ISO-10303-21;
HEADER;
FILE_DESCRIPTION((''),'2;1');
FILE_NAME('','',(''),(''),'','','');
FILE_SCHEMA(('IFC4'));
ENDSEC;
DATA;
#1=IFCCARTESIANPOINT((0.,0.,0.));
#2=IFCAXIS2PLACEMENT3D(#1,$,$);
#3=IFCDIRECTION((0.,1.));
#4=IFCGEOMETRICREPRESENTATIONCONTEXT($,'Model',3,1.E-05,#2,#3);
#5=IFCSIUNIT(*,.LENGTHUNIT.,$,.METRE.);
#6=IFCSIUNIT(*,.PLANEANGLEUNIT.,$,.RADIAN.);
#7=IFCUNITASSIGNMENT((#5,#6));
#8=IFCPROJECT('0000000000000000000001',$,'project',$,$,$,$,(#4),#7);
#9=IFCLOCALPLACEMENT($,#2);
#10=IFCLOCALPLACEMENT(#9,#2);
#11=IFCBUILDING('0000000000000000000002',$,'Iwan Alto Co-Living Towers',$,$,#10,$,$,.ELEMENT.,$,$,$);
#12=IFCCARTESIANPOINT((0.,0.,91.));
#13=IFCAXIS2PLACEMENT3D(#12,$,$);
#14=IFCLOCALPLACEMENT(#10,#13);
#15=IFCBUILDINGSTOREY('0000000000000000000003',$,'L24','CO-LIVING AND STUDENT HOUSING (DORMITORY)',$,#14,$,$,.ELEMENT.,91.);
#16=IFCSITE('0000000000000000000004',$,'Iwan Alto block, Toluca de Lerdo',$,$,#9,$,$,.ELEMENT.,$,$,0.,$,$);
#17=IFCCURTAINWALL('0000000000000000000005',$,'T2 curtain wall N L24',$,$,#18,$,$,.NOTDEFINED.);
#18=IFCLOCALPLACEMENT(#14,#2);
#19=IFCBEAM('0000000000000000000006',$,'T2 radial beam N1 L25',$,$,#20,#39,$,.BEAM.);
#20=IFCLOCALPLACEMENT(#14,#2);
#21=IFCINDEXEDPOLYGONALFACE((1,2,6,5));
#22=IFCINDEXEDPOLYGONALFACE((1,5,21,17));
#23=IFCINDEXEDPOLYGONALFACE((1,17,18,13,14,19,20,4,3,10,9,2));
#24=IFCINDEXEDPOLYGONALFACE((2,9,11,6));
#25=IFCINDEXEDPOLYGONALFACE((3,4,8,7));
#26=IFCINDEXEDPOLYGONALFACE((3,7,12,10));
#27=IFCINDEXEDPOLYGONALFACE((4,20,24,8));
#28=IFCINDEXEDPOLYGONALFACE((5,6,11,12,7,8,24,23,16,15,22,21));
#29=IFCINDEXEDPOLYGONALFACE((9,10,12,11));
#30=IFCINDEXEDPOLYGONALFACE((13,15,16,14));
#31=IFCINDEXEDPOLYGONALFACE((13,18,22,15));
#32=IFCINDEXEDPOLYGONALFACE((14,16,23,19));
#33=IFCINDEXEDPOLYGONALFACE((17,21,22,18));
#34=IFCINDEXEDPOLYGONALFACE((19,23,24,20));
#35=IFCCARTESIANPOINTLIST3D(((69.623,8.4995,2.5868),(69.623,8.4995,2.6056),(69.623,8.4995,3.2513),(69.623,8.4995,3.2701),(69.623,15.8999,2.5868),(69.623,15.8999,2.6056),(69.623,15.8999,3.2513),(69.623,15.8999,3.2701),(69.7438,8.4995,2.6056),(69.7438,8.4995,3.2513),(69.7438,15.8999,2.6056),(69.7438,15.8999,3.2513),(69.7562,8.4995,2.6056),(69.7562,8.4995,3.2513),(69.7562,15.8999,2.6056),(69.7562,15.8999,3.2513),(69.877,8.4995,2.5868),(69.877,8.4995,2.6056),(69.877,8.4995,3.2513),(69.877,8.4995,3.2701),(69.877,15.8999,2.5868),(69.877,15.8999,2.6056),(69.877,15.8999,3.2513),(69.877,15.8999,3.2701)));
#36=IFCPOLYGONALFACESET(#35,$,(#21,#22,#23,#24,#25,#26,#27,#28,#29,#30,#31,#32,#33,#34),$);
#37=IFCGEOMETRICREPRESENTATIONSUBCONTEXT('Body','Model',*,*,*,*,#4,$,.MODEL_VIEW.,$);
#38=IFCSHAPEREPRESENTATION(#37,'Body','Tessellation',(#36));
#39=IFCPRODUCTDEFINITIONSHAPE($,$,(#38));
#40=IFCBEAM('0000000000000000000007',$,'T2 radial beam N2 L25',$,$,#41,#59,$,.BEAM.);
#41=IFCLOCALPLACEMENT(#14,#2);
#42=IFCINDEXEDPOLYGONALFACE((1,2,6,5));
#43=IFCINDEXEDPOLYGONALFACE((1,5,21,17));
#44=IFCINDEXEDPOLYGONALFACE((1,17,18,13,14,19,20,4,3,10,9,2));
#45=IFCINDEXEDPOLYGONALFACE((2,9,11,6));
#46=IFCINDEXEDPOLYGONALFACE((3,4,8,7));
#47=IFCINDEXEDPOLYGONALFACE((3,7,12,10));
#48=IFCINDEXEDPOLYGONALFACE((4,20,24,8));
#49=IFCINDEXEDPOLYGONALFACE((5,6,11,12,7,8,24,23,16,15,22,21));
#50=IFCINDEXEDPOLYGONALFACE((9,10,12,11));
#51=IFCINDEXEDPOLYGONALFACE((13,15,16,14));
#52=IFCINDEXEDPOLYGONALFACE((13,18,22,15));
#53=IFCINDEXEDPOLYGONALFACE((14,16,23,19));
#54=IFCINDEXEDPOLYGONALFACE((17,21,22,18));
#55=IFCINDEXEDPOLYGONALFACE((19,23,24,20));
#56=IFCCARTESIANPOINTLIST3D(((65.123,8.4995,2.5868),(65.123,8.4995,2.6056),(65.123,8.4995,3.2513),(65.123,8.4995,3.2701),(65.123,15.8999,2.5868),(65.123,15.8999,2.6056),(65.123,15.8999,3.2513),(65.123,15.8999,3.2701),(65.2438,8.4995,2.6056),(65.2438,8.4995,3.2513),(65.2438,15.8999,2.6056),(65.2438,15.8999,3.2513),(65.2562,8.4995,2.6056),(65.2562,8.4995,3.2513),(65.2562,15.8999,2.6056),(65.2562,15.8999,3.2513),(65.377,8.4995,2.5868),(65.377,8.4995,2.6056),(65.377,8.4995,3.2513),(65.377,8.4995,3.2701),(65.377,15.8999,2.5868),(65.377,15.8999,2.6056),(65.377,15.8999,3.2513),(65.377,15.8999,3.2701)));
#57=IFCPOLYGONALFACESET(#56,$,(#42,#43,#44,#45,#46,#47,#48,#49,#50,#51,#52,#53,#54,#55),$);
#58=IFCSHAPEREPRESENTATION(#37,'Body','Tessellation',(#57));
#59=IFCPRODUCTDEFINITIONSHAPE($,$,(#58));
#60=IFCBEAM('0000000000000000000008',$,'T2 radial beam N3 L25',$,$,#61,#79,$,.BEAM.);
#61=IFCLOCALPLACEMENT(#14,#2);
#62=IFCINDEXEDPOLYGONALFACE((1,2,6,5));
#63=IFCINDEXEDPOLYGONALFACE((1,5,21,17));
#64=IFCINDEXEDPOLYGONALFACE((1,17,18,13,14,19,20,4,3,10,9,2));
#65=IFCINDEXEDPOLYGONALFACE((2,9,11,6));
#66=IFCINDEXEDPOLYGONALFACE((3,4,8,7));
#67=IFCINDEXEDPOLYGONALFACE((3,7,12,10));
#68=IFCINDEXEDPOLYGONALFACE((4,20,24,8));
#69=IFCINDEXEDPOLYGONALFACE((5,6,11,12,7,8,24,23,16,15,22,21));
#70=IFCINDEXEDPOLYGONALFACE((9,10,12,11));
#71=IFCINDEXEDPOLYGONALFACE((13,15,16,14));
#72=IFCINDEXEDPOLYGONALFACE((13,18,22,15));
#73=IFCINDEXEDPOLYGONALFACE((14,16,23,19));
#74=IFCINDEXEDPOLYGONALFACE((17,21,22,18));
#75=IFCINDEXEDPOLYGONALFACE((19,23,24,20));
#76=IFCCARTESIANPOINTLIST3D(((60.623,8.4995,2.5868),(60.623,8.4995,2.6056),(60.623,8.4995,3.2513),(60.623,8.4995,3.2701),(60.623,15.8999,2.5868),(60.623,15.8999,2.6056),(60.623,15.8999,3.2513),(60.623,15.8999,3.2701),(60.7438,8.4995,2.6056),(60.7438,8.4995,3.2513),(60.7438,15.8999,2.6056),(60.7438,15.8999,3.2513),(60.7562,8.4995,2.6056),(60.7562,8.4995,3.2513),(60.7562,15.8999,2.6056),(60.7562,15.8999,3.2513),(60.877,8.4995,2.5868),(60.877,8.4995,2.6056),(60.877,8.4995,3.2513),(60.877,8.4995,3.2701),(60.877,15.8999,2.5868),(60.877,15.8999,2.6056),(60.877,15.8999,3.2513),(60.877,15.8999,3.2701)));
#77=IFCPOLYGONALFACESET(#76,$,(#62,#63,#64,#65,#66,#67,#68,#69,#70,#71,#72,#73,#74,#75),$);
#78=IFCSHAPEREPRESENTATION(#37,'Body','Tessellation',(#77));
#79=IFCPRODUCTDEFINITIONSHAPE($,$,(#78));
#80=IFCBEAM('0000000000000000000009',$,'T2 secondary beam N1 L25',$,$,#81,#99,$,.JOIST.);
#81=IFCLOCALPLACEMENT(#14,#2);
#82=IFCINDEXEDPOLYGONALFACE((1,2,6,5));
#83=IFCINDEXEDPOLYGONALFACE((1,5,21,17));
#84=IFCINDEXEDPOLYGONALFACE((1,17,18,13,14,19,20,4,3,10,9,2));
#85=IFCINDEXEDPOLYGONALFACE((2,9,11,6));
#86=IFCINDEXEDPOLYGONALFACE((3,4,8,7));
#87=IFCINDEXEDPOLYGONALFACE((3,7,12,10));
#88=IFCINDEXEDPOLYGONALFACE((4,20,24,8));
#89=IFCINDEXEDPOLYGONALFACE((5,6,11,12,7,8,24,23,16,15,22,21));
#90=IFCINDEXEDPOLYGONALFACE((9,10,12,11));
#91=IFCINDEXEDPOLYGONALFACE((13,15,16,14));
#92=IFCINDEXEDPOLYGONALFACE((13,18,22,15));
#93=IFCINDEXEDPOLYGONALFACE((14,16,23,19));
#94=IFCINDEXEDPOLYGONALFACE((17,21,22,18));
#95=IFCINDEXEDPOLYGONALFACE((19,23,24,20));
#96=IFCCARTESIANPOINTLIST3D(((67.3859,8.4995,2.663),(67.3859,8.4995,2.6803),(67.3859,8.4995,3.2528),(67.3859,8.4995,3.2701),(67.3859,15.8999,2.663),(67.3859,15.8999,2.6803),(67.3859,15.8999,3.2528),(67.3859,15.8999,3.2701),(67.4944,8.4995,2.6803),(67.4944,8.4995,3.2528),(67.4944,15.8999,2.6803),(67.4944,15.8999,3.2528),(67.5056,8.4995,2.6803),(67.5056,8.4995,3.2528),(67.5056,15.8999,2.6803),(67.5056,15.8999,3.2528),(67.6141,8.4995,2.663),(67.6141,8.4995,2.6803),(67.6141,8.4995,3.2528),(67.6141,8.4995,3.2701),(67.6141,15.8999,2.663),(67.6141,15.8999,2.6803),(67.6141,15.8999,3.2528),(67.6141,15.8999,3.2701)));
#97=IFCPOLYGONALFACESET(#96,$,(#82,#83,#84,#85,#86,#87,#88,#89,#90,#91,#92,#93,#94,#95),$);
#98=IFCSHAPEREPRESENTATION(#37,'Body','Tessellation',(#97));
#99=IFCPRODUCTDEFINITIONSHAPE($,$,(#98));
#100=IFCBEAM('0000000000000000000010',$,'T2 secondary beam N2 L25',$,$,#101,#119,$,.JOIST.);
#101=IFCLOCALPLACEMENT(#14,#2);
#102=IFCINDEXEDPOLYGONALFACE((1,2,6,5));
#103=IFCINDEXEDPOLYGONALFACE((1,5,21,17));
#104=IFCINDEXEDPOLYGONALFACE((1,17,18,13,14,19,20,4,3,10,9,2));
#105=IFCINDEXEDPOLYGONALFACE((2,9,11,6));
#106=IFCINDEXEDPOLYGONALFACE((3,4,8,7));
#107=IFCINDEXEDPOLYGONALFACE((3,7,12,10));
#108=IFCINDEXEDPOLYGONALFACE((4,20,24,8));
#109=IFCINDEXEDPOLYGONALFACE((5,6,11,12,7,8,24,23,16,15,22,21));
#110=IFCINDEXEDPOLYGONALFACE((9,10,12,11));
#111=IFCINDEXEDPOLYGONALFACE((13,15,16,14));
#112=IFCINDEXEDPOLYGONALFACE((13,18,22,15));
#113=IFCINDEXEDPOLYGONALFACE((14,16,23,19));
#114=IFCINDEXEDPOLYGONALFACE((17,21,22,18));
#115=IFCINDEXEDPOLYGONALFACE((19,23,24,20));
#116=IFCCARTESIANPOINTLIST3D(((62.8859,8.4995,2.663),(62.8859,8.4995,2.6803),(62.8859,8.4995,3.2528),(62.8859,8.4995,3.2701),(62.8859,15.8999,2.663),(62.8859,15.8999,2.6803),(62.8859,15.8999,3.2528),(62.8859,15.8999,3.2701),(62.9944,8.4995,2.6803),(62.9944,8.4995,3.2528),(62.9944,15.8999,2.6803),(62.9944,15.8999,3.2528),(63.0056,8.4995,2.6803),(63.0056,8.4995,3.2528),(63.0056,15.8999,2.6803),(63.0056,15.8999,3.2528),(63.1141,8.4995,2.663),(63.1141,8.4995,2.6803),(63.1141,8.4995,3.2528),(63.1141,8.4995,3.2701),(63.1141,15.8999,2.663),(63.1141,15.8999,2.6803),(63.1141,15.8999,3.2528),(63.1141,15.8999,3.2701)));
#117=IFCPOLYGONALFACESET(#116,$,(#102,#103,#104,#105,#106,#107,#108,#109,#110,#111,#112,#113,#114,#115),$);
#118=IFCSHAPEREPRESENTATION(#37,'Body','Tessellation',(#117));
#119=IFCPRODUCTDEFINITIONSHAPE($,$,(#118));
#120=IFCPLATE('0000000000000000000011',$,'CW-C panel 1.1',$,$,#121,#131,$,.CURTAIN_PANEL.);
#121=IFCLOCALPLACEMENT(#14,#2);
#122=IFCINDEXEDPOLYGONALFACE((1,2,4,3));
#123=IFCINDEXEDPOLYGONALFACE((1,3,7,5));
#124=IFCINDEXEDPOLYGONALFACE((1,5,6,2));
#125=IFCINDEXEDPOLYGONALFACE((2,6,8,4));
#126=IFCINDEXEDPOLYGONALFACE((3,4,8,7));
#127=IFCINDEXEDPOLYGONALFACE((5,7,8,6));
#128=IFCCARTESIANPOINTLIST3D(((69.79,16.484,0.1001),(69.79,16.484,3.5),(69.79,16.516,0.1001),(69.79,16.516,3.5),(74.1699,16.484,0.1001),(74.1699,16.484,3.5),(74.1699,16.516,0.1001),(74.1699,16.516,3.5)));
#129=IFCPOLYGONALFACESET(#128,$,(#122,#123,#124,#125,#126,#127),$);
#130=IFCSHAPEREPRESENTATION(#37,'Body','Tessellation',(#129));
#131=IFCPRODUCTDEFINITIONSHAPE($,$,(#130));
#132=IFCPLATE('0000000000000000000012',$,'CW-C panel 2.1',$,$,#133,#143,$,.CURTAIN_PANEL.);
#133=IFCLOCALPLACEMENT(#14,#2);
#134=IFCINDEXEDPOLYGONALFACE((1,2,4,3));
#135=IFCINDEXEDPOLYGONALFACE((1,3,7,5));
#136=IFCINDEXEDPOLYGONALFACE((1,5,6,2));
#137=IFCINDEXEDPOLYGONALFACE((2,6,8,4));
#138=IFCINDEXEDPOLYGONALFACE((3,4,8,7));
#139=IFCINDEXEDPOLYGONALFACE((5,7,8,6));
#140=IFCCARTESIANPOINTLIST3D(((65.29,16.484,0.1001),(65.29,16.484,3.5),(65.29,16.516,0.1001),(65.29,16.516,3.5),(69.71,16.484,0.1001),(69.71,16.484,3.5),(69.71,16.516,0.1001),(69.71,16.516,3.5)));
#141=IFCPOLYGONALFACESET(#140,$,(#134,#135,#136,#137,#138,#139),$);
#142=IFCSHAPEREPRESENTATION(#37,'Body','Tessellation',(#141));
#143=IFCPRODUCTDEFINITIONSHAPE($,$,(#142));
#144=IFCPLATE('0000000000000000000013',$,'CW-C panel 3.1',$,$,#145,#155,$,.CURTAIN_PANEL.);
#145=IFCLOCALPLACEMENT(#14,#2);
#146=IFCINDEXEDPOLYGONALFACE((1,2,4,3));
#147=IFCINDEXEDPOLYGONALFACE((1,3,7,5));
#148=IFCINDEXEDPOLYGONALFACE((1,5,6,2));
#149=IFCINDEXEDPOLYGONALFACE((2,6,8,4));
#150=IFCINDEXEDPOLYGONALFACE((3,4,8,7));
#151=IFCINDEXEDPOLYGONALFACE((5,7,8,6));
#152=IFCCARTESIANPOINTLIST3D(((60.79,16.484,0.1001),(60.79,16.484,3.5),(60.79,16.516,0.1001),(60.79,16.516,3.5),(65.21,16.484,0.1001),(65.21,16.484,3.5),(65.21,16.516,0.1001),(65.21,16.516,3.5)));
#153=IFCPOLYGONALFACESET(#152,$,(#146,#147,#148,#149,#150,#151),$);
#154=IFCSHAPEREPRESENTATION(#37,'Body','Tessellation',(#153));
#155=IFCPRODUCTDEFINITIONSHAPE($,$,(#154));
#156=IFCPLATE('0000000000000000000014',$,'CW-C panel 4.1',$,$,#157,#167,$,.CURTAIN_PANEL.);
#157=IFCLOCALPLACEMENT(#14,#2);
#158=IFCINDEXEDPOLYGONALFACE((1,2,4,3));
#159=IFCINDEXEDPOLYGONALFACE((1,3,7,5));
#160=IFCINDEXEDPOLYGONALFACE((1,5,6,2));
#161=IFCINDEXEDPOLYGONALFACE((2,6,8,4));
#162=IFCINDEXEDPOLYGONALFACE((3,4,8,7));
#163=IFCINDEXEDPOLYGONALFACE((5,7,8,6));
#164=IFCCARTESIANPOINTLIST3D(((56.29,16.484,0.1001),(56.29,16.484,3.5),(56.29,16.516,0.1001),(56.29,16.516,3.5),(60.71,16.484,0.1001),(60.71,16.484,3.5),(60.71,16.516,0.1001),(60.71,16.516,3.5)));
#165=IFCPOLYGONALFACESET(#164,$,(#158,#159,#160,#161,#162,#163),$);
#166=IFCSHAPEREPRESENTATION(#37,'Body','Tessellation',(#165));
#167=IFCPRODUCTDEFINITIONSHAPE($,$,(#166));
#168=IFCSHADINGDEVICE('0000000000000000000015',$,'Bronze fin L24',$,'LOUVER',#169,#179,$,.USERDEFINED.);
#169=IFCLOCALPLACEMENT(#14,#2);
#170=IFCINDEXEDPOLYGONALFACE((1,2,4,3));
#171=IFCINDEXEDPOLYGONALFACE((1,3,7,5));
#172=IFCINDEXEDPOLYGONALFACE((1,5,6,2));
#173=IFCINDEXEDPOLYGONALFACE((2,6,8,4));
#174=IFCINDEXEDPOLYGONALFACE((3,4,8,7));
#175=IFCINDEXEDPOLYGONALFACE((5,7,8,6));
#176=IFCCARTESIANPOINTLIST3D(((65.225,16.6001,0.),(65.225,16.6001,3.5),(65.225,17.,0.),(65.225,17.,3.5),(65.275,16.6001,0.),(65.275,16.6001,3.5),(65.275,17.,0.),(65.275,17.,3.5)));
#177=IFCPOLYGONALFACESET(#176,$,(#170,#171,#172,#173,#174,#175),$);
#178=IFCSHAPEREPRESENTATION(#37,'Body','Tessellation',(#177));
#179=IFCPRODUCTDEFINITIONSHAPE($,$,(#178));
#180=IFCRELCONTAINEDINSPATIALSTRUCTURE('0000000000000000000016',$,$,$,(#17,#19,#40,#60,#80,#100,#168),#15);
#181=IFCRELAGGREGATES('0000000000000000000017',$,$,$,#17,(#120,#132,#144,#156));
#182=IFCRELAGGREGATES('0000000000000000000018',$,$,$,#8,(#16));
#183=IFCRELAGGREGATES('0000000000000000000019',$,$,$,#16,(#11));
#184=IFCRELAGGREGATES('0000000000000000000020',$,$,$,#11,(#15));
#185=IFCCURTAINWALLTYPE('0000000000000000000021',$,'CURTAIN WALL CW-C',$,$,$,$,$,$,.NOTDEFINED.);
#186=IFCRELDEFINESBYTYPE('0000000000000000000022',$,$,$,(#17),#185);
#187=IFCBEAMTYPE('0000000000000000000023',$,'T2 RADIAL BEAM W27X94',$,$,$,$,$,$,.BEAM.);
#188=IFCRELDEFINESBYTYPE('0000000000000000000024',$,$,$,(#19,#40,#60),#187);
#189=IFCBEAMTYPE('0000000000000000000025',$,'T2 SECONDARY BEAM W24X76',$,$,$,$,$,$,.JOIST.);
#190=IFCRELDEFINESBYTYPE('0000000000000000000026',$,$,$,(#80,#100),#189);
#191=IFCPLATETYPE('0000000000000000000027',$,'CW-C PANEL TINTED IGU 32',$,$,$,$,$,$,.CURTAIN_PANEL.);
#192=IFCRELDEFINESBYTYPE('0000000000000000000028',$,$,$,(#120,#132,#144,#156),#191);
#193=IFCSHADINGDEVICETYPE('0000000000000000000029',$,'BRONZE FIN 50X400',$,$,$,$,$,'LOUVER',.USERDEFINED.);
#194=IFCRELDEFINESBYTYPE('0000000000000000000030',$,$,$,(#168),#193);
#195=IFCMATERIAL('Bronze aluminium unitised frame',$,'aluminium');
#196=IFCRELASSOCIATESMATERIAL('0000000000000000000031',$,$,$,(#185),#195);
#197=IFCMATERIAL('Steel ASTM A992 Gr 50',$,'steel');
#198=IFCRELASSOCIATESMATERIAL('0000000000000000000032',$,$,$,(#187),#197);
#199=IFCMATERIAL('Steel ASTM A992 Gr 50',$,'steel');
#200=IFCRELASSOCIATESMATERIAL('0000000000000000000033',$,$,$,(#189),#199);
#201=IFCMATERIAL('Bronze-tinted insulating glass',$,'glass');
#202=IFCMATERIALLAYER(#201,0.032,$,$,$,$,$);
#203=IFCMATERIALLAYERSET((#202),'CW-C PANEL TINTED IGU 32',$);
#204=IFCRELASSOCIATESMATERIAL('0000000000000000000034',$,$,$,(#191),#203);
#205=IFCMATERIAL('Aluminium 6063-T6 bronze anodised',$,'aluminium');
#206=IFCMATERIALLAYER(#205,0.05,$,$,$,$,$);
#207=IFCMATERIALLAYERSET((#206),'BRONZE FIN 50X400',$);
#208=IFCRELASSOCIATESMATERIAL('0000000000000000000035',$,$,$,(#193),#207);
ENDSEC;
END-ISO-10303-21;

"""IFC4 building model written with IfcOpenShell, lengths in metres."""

from ifc_helpers import new_model, si_unit, direction, frame, origin, origin_2d, place, context, subcontext, project, spatial, rectangle, i_section, extrude, material, layer, layer_set, material_profile, profile_set, type_object, element, aggregate, save


model = new_model("IFC4")

# Units and contexts
model_context = context("Model", 3, precision=1e-05, world=origin(), true_north=direction((0.0, 1.0)))
body_context = subcontext(model_context, "Body", "Model", "MODEL_VIEW")
ifc_project = project(units=[si_unit("LENGTHUNIT", "METRE"), si_unit("PLANEANGLEUNIT", "RADIAN")], contexts=[model_context])

# Site, building, storey
site_placement = place(None, origin())
site = spatial("IfcSite", under=ifc_project, at=site_placement, Name="Iwan Alto block, Toluca de Lerdo", CompositionType="ELEMENT", RefElevation=0.0)
building_placement = place(site_placement, origin())
building = spatial("IfcBuilding", under=site, at=building_placement, Name="Iwan Alto Co-Living Towers", CompositionType="ELEMENT")
storey_placement = place(building_placement, frame((0.0, 0.0, 91.0)))
storey = spatial("IfcBuildingStorey", under=building, at=storey_placement, Name="L24", Description="CO-LIVING AND STUDENT HOUSING (DORMITORY)", CompositionType="ELEMENT", Elevation=91.0)

# Curtain wall
ifc_material_1 = material(Name="Bronze aluminium unitised frame", Category="aluminium")
curtain_wall_type = type_object("IfcCurtainWallType", Name="CURTAIN WALL CW-C", PredefinedType="NOTDEFINED", material=ifc_material_1)
curtain_wall_placement = place(storey_placement, origin())
curtain_wall = element("IfcCurtainWall", 1, at=curtain_wall_placement, inside=storey, type_object=curtain_wall_type, Name="T2 curtain wall N L24", PredefinedType="NOTDEFINED")

# Beams
ifc_material_2 = material(Name="Steel ASTM A992 Gr 50", Category="steel")
ifc_material_profile_1 = material_profile(ifc_material_2, i_section(OverallWidth=0.2539, OverallDepth=0.6833, WebThickness=0.0125, FlangeThickness=0.0188, at=origin_2d()), Name="W27X94")
ifc_profile_set_1 = profile_set([ifc_material_profile_1], Name="Steel ASTM A992 Gr 50")
beam_type_1 = type_object("IfcBeamType", Name="T2 RADIAL BEAM W27X94", PredefinedType="BEAM", material=ifc_profile_set_1)
for number, where, z_axis, x_axis, name in (
    (2, (69.75, 15.8999, 2.9285), (0.0, -1.0, 0.0), (1.0, 0.0, 0.0), "T2 radial beam N1 L25"),
    (3, (65.25, 15.8999, 2.9285), (0.0, -1.0, 0.0), (1.0, 0.0, 0.0), "T2 radial beam N2 L25"),
    (4, (60.75, 15.8999, 2.9285), (0.0, -1.0, 0.0), (1.0, 0.0, 0.0), "T2 radial beam N3 L25"),
):
    element("IfcBeam", number, at=place(storey_placement, frame(where, z_axis=z_axis, x_axis=x_axis)), inside=storey, type_object=beam_type_1, Name=name, PredefinedType="BEAM", context=body_context, shape_type="SweptSolid", body=[
        extrude(i_section(OverallWidth=0.2539, OverallDepth=0.6833, WebThickness=0.0125, FlangeThickness=0.0188, at=origin_2d()), origin(), (0.0, 0.0, 1.0), 7.4004),
    ])
ifc_material_3 = material(Name="Steel ASTM A992 Gr 50", Category="steel")
ifc_material_profile_2 = material_profile(ifc_material_3, i_section(OverallWidth=0.2283, OverallDepth=0.6072, WebThickness=0.0112, FlangeThickness=0.0173, at=origin_2d()), Name="W24X76")
ifc_profile_set_2 = profile_set([ifc_material_profile_2], Name="Steel ASTM A992 Gr 50")
beam_type_2 = type_object("IfcBeamType", Name="T2 SECONDARY BEAM W24X76", PredefinedType="JOIST", material=ifc_profile_set_2)
for number, where, z_axis, x_axis, name in (
    (5, (67.5, 15.8999, 2.9666), (0.0, -1.0, 0.0), (1.0, 0.0, 0.0), "T2 secondary beam N1 L25"),
    (6, (63.0, 15.8999, 2.9666), (0.0, -1.0, 0.0), (1.0, 0.0, 0.0), "T2 secondary beam N2 L25"),
):
    element("IfcBeam", number, at=place(storey_placement, frame(where, z_axis=z_axis, x_axis=x_axis)), inside=storey, type_object=beam_type_2, Name=name, PredefinedType="JOIST", context=body_context, shape_type="SweptSolid", body=[
        extrude(i_section(OverallWidth=0.2283, OverallDepth=0.6072, WebThickness=0.0112, FlangeThickness=0.0173, at=origin_2d()), origin(), (0.0, 0.0, 1.0), 7.4004),
    ])

# Plates
ifc_material_4 = material(Name="Bronze-tinted insulating glass", Category="glass")
ifc_layer_1 = layer(ifc_material_4, 0.032)
ifc_layer_set_1 = layer_set([ifc_layer_1], Name="CW-C PANEL TINTED IGU 32")
plate_type = type_object("IfcPlateType", Name="CW-C PANEL TINTED IGU 32", PredefinedType="CURTAIN_PANEL", material=ifc_layer_set_1)
plate_1_placement = place(storey_placement, frame((71.98, 16.5, 0.1001), z_axis=(0.0, 0.0, 1.0), x_axis=(-1.0, 0.0, 0.0)))
plate_1 = element("IfcPlate", 7, at=plate_1_placement, type_object=plate_type, Name="CW-C panel 1.1", PredefinedType="CURTAIN_PANEL", context=body_context, shape_type="SweptSolid", body=[
    extrude(rectangle(XDim=4.3799, YDim=0.032, at=origin_2d()), origin(), (0.0, 0.0, 1.0), 3.3999),
])
plate_2_placement = place(storey_placement, frame((67.5, 16.5, 0.1001), z_axis=(0.0, 0.0, 1.0), x_axis=(-1.0, 0.0, 0.0)))
plate_2 = element("IfcPlate", 8, at=plate_2_placement, type_object=plate_type, Name="CW-C panel 2.1", PredefinedType="CURTAIN_PANEL", context=body_context, shape_type="SweptSolid", body=[
    extrude(rectangle(XDim=4.4199, YDim=0.032, at=origin_2d()), origin(), (0.0, 0.0, 1.0), 3.3999),
])
plate_3_placement = place(storey_placement, frame((63.0, 16.5, 0.1001), z_axis=(0.0, 0.0, 1.0), x_axis=(-1.0, 0.0, 0.0)))
plate_3 = element("IfcPlate", 9, at=plate_3_placement, type_object=plate_type, Name="CW-C panel 3.1", PredefinedType="CURTAIN_PANEL", context=body_context, shape_type="SweptSolid", body=[
    extrude(rectangle(XDim=4.4199, YDim=0.032, at=origin_2d()), origin(), (0.0, 0.0, 1.0), 3.3999),
])
plate_4_placement = place(storey_placement, frame((58.5, 16.5, 0.1001), z_axis=(0.0, 0.0, 1.0), x_axis=(-1.0, 0.0, 0.0)))
plate_4 = element("IfcPlate", 10, at=plate_4_placement, type_object=plate_type, Name="CW-C panel 4.1", PredefinedType="CURTAIN_PANEL", context=body_context, shape_type="SweptSolid", body=[
    extrude(rectangle(XDim=4.4199, YDim=0.032, at=origin_2d()), origin(), (0.0, 0.0, 1.0), 3.3999),
])
aggregate(curtain_wall, [plate_1, plate_2, plate_3, plate_4])

# Shading device
ifc_material_5 = material(Name="Aluminium 6063-T6 bronze anodised", Category="aluminium")
ifc_layer_2 = layer(ifc_material_5, 0.05)
ifc_layer_set_2 = layer_set([ifc_layer_2], Name="BRONZE FIN 50X400")
shading_device_type = type_object("IfcShadingDeviceType", Name="BRONZE FIN 50X400", ElementType="LOUVER", PredefinedType="USERDEFINED", material=ifc_layer_set_2)
shading_device_placement = place(storey_placement, frame((65.25, 16.8, 0.0), z_axis=(0.0, 0.0, 1.0), x_axis=(-1.0, 0.0, 0.0)))
element("IfcShadingDevice", 11, at=shading_device_placement, inside=storey, type_object=shading_device_type, Name="Bronze fin L24", ObjectType="LOUVER", PredefinedType="USERDEFINED", context=body_context, shape_type="SweptSolid", body=[
    extrude(rectangle(XDim=0.05, YDim=0.3999, at=origin_2d()), origin(), (0.0, 0.0, 1.0), 3.5),
])

save(model, "model.ifc")
